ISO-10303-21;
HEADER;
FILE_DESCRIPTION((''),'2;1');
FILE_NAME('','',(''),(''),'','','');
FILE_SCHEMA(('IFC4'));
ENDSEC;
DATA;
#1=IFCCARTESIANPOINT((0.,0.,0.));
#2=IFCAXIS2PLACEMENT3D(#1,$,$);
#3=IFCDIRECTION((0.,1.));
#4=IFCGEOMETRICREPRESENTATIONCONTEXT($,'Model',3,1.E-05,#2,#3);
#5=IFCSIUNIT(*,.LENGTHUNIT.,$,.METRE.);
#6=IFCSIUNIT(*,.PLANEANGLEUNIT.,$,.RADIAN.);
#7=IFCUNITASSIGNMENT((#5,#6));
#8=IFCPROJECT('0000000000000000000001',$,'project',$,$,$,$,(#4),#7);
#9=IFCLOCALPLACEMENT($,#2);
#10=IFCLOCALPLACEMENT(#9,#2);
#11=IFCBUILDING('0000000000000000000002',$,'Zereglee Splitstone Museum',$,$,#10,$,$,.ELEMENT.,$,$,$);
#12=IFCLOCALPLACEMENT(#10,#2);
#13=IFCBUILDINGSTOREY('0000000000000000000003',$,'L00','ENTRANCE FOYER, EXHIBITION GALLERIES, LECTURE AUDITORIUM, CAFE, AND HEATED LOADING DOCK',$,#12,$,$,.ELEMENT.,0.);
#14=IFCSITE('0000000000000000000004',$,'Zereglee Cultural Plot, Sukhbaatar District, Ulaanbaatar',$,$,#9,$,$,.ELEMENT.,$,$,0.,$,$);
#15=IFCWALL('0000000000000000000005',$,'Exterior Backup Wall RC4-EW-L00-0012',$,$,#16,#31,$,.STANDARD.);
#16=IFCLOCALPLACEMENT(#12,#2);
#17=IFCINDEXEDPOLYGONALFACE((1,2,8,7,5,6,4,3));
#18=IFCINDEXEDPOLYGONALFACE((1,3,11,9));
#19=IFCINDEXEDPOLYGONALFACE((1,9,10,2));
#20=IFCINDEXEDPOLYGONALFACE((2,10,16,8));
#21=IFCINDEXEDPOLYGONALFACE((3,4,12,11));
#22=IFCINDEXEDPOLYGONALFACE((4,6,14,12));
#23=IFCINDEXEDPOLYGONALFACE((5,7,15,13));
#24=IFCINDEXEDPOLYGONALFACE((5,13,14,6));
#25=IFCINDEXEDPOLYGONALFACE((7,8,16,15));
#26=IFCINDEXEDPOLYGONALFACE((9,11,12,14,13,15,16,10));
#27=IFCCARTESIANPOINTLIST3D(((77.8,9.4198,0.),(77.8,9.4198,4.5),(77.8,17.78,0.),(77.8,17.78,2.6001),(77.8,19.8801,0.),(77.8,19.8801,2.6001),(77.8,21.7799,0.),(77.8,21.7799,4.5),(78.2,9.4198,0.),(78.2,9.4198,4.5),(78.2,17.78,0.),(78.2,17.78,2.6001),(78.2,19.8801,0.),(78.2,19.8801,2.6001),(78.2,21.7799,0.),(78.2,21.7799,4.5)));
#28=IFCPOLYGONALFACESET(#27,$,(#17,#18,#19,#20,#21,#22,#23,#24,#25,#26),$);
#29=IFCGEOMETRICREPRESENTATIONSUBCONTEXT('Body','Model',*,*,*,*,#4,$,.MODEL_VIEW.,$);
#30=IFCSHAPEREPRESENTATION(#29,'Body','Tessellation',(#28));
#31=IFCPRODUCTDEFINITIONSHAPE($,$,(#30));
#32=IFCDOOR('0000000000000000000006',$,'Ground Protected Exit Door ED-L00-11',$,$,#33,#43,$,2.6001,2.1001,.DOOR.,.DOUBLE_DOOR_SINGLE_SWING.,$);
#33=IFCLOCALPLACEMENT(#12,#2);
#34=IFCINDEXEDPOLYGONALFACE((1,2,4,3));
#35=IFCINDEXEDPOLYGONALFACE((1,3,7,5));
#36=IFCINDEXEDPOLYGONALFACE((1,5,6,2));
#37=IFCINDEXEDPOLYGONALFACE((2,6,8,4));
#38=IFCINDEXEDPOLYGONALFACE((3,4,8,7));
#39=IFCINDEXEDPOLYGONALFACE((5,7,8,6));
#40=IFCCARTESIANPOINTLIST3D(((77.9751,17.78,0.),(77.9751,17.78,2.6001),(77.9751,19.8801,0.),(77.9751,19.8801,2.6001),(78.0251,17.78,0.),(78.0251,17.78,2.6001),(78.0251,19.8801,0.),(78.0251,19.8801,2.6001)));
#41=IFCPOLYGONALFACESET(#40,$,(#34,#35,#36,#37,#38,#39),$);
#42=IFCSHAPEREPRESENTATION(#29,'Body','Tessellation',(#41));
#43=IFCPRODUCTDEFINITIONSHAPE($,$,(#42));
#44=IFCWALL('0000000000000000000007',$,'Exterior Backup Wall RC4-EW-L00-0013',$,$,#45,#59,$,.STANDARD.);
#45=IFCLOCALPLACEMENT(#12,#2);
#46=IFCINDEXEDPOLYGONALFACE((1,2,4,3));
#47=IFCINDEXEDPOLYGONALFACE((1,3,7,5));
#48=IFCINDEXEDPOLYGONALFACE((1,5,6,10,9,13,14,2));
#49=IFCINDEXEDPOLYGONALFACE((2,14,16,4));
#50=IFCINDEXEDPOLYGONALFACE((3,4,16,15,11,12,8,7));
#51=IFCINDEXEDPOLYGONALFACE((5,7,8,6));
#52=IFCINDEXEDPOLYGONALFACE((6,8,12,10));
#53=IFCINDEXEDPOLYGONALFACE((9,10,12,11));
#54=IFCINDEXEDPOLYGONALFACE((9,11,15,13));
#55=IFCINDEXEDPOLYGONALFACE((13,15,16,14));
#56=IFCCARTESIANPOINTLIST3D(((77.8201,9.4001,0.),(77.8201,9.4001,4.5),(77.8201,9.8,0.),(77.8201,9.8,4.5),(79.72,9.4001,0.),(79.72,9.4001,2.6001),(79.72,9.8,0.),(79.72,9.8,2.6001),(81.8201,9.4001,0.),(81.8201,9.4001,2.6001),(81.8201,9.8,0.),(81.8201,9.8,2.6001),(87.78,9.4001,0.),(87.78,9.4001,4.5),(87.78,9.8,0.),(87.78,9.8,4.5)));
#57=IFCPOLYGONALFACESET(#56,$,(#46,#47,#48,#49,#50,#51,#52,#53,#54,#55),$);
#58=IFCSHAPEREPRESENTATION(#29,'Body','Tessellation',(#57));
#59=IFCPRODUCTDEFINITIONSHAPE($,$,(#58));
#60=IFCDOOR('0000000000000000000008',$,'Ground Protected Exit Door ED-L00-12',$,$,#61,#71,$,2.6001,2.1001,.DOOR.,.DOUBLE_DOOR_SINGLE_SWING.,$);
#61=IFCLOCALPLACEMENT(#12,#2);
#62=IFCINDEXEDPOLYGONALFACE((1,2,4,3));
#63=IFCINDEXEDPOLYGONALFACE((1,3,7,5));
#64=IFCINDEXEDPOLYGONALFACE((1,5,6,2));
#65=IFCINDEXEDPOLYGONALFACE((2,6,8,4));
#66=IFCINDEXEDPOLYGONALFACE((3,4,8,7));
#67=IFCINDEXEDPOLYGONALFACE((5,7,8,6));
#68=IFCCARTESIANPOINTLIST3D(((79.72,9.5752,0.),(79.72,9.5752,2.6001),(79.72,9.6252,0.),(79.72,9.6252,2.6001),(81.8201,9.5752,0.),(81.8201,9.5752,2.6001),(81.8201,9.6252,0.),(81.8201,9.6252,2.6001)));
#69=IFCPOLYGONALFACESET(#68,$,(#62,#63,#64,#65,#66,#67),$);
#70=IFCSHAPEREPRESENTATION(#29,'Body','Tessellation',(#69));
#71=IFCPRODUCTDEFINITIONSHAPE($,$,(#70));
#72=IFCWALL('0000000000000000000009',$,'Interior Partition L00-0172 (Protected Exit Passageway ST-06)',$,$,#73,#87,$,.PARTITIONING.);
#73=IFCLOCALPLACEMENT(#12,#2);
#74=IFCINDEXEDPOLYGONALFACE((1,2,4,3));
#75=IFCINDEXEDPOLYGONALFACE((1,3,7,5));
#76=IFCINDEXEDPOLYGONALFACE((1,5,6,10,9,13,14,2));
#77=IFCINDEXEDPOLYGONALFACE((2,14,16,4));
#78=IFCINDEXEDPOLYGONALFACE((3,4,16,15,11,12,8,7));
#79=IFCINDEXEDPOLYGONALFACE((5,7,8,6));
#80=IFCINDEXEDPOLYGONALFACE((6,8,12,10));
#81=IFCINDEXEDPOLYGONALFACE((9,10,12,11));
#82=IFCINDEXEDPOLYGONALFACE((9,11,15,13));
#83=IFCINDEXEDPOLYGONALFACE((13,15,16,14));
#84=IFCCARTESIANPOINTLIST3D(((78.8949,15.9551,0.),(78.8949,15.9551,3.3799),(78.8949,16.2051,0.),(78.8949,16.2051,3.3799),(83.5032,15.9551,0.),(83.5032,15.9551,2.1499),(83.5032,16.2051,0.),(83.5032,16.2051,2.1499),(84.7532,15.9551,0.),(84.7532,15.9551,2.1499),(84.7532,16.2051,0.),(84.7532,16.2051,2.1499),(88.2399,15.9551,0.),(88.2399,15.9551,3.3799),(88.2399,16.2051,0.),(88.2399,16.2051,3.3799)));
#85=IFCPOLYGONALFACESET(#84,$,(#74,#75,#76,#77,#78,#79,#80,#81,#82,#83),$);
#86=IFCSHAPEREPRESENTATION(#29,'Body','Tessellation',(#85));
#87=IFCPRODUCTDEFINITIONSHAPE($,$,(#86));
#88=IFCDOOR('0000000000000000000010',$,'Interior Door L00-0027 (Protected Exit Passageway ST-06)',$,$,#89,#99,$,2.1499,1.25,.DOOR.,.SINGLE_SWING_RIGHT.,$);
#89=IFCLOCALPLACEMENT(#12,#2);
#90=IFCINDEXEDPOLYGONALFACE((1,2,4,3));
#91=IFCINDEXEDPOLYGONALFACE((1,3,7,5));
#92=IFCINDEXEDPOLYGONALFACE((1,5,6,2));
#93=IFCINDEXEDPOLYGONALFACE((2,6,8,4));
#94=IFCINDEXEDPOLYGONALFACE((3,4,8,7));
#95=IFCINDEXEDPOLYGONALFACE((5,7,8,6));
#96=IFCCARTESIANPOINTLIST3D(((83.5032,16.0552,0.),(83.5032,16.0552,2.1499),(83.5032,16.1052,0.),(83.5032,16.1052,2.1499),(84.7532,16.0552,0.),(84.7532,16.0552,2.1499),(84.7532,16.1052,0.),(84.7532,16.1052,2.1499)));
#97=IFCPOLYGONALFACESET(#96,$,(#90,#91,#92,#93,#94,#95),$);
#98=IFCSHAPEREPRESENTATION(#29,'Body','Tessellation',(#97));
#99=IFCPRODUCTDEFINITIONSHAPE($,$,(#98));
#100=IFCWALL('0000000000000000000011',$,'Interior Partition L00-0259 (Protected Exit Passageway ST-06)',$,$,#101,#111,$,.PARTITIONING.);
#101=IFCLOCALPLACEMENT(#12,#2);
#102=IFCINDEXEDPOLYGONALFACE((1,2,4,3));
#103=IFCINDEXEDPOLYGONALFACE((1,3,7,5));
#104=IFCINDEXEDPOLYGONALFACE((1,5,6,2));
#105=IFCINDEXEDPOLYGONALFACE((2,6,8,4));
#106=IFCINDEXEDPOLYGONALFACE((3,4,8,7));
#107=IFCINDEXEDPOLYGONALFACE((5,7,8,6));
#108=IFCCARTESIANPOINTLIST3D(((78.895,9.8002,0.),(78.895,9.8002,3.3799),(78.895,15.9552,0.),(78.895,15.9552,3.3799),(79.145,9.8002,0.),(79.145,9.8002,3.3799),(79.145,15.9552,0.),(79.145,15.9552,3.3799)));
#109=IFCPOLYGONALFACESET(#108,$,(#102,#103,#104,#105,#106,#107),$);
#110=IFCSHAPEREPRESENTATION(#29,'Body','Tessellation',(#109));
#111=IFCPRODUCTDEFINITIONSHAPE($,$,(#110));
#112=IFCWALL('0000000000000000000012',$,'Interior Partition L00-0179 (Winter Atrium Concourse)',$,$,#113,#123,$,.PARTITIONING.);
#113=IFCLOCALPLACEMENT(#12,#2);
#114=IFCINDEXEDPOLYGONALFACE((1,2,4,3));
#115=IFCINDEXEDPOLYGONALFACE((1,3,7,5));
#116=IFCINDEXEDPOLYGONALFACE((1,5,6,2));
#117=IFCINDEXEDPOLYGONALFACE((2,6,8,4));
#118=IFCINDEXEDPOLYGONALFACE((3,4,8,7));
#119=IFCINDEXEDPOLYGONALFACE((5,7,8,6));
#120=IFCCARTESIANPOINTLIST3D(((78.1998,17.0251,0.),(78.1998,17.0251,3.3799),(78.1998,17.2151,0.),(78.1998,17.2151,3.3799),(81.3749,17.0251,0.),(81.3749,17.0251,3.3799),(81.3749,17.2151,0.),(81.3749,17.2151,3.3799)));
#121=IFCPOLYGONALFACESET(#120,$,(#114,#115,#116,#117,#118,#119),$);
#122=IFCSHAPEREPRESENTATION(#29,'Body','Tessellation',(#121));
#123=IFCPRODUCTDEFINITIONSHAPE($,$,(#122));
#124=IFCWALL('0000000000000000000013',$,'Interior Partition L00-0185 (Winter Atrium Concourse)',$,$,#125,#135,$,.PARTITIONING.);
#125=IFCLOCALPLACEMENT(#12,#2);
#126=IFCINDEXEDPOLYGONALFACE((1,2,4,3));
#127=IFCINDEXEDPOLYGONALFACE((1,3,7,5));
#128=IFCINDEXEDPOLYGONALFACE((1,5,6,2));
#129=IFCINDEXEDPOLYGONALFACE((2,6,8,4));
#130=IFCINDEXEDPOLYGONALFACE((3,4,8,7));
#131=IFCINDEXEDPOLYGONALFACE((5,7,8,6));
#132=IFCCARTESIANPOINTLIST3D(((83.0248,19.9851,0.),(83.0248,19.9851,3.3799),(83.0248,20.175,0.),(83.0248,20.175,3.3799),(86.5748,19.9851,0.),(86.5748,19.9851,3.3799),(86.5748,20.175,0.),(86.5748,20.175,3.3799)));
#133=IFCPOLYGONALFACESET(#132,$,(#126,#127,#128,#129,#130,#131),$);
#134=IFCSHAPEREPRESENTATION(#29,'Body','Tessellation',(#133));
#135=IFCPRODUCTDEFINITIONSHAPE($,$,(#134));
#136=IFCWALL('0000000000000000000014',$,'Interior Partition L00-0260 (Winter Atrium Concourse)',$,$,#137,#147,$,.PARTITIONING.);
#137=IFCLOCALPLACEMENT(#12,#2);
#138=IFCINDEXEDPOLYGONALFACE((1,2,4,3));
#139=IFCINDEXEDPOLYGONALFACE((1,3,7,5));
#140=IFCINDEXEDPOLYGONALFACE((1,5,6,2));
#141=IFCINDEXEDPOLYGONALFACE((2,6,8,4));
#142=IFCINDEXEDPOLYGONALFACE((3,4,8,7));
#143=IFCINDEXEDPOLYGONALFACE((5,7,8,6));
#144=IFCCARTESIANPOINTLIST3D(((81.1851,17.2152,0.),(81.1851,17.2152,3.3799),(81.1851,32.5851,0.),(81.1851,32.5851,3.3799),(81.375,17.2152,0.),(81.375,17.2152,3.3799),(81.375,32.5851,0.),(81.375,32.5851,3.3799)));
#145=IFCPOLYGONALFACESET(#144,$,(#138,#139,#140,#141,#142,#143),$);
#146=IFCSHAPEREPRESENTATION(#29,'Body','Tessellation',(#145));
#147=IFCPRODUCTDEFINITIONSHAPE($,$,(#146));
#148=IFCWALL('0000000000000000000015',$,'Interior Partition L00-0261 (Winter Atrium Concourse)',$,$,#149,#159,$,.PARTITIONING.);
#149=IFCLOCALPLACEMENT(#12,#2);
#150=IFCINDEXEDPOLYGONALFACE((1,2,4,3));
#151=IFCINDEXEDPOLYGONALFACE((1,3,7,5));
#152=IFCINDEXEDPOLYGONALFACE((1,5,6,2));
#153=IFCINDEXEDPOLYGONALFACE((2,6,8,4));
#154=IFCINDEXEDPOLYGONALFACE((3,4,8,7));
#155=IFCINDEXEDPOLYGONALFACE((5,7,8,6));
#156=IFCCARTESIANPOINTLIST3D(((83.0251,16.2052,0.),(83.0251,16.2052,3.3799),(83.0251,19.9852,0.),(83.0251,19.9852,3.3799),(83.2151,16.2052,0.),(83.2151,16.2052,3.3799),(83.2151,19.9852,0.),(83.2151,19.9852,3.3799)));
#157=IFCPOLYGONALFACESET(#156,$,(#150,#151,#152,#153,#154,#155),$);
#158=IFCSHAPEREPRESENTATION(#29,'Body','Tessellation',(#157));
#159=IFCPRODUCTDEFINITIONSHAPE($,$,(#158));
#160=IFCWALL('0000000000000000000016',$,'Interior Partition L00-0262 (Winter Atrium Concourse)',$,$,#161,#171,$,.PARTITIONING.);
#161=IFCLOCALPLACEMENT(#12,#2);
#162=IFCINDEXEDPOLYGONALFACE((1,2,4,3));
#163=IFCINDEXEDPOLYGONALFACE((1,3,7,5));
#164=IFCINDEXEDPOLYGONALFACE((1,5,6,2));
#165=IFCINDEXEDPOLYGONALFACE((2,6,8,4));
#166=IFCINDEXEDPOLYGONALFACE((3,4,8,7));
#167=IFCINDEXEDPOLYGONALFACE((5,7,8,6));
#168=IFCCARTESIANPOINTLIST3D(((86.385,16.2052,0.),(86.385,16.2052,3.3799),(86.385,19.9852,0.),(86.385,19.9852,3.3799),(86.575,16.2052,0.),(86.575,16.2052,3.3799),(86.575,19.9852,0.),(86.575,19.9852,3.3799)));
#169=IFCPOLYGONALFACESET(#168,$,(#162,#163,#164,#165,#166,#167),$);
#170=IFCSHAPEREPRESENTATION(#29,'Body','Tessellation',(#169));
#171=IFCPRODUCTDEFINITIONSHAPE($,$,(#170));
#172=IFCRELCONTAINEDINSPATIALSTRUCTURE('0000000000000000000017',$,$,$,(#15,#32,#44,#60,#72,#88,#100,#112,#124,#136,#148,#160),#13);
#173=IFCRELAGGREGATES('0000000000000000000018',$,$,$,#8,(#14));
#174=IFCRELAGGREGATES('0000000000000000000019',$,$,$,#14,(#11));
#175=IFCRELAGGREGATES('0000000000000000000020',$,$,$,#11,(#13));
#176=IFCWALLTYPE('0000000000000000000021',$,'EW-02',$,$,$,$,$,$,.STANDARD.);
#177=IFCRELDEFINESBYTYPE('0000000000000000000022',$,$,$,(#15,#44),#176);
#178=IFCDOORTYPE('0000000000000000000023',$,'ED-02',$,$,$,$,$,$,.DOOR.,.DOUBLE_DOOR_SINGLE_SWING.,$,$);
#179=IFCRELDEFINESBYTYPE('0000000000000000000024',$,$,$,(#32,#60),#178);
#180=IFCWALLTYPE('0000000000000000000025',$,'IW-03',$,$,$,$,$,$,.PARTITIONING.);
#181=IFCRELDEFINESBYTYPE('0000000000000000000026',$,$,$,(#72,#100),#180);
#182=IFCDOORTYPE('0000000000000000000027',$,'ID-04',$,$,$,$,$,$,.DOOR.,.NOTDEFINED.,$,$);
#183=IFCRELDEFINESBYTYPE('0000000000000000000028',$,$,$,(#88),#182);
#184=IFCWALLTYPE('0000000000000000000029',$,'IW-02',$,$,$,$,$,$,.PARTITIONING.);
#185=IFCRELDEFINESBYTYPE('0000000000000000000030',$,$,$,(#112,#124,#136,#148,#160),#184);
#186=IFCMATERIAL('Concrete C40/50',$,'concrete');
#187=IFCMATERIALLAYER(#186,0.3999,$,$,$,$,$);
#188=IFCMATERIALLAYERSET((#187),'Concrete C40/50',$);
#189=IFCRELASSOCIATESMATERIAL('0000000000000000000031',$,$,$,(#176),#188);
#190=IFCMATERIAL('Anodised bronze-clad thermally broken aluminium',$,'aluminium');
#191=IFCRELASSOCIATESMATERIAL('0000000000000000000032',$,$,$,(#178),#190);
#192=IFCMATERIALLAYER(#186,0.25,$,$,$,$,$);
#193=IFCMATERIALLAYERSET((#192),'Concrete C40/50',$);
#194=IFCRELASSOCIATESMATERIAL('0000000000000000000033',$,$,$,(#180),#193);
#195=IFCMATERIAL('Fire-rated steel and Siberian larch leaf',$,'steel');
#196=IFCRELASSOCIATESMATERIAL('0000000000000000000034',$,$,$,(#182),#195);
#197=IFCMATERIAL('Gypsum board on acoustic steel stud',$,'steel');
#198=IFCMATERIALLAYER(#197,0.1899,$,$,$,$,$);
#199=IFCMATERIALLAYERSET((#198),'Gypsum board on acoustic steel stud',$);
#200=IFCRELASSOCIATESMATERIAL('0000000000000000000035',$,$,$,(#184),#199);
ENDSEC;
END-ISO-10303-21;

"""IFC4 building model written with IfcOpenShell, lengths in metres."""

from ifc_helpers import new_model, si_unit, direction, frame, frame_2d, origin, place, context, subcontext, project, spatial, rectangle, extrude, material, layer, layer_set, type_object, element, fill, save


model = new_model("IFC4")

# Units and contexts
model_context = context("Model", 3, precision=1e-05, world=origin(), true_north=direction((0.0, 1.0)))
body_context = subcontext(model_context, "Body", "Model", "MODEL_VIEW")
ifc_project = project(units=[si_unit("LENGTHUNIT", "METRE"), si_unit("PLANEANGLEUNIT", "RADIAN")], contexts=[model_context])

# Site, building, storey
site_placement = place(None, origin())
site = spatial("IfcSite", under=ifc_project, at=site_placement, Name="Zereglee Cultural Plot, Sukhbaatar District, Ulaanbaatar", CompositionType="ELEMENT", RefElevation=0.0)
building_placement = place(site_placement, origin())
building = spatial("IfcBuilding", under=site, at=building_placement, Name="Zereglee Splitstone Museum", CompositionType="ELEMENT")
storey_placement = place(building_placement, origin())
storey = spatial("IfcBuildingStorey", under=building, at=storey_placement, Name="L00", Description="ENTRANCE FOYER, EXHIBITION GALLERIES, LECTURE AUDITORIUM, CAFE, AND HEATED LOADING DOCK", CompositionType="ELEMENT", Elevation=0.0)

# Shared definitions
ifc_material_1 = material(Name="Concrete C40/50", Category="concrete")

# Walls, openings, doors
ifc_layer_1 = layer(ifc_material_1, 0.3999)
ifc_layer_set_1 = layer_set([ifc_layer_1], Name="Concrete C40/50")
wall_type_1 = type_object("IfcWallType", Name="EW-02", PredefinedType="STANDARD", material=ifc_layer_set_1)
wall_1_placement = place(storey_placement, frame((78.0, 21.78, 0.0), z_axis=(0.0, 0.0, 1.0), x_axis=(0.0, -1.0, 0.0)))
wall_1 = element("IfcWall", 1, at=wall_1_placement, inside=storey, type_object=wall_type_1, Name="Exterior Backup Wall RC4-EW-L00-0012", PredefinedType="STANDARD", context=body_context, shape_type="SweptSolid", body=[
    extrude(rectangle(XDim=12.3601, YDim=0.3999, at=frame_2d((6.1802, 0.0))), origin(), (0.0, 0.0, 1.0), 4.5),
])
opening_1_placement = place(wall_1_placement, frame((1.8999, 0.0, 0.0)))
opening_1 = element("IfcOpeningElement", 2, at=opening_1_placement, cuts=wall_1, PredefinedType="OPENING", context=body_context, shape_type="SweptSolid", body=[
    extrude(rectangle(XDim=2.1001, YDim=2.6001, at=frame_2d((1.05, 1.3))), frame((0.0, 0.2148, 0.0), z_axis=(0.0, -1.0, 0.0), x_axis=(1.0, 0.0, 0.0)), (0.0, 0.0, 1.0), 0.4297),
])
ifc_material_2 = material(Name="Anodised bronze-clad thermally broken aluminium", Category="aluminium")
door_type_1 = type_object("IfcDoorType", Name="ED-02", OperationType="DOUBLE_DOOR_SINGLE_SWING", PredefinedType="DOOR", material=ifc_material_2)
door_1_placement = place(opening_1_placement, frame((2.1001, 0.0, 0.0), z_axis=(0.0, 0.0, 1.0), x_axis=(-1.0, 0.0, 0.0)))
door_1 = element("IfcDoor", 3, at=door_1_placement, inside=storey, type_object=door_type_1, Name="Ground Protected Exit Door ED-L00-11", OperationType="DOUBLE_DOOR_SINGLE_SWING", OverallHeight=2.6001, OverallWidth=2.1001, PredefinedType="DOOR", context=body_context, shape_type="SweptSolid", body=[
    extrude(rectangle(XDim=2.1001, YDim=2.6001, at=frame_2d((1.05, 1.3))), frame((0.0, 0.0249, 0.0), z_axis=(0.0, -1.0, 0.0), x_axis=(1.0, 0.0, 0.0)), (0.0, 0.0, 1.0), 0.05),
])
fill(opening_1, door_1)
wall_2_placement = place(storey_placement, frame((77.8201, 9.6001, 0.0), z_axis=(0.0, 0.0, 1.0), x_axis=(1.0, 0.0, 0.0)))
wall_2 = element("IfcWall", 4, at=wall_2_placement, inside=storey, type_object=wall_type_1, Name="Exterior Backup Wall RC4-EW-L00-0013", PredefinedType="STANDARD", context=body_context, shape_type="SweptSolid", body=[
    extrude(rectangle(XDim=9.96, YDim=0.3999, at=frame_2d((4.98, 0.0))), origin(), (0.0, 0.0, 1.0), 4.5),
])
opening_2_placement = place(wall_2_placement, frame((1.8999, 0.0, 0.0)))
opening_2 = element("IfcOpeningElement", 5, at=opening_2_placement, cuts=wall_2, PredefinedType="OPENING", context=body_context, shape_type="SweptSolid", body=[
    extrude(rectangle(XDim=2.1001, YDim=2.6001, at=frame_2d((1.05, 1.3))), frame((0.0, 0.2148, 0.0), z_axis=(0.0, -1.0, 0.0), x_axis=(1.0, 0.0, 0.0)), (0.0, 0.0, 1.0), 0.4297),
])
door_2_placement = place(opening_2_placement, frame((2.1001, 0.0, 0.0), z_axis=(0.0, 0.0, 1.0), x_axis=(-1.0, 0.0, 0.0)))
door_2 = element("IfcDoor", 6, at=door_2_placement, inside=storey, type_object=door_type_1, Name="Ground Protected Exit Door ED-L00-12", OperationType="DOUBLE_DOOR_SINGLE_SWING", OverallHeight=2.6001, OverallWidth=2.1001, PredefinedType="DOOR", context=body_context, shape_type="SweptSolid", body=[
    extrude(rectangle(XDim=2.1001, YDim=2.6001, at=frame_2d((1.05, 1.3))), frame((0.0, 0.0249, 0.0), z_axis=(0.0, -1.0, 0.0), x_axis=(1.0, 0.0, 0.0)), (0.0, 0.0, 1.0), 0.05),
])
fill(opening_2, door_2)
ifc_layer_2 = layer(ifc_material_1, 0.25)
ifc_layer_set_2 = layer_set([ifc_layer_2], Name="Concrete C40/50")
wall_type_2 = type_object("IfcWallType", Name="IW-03", PredefinedType="PARTITIONING", material=ifc_layer_set_2)
wall_3_placement = place(storey_placement, frame((78.895, 16.0801, 0.0), z_axis=(0.0, 0.0, 1.0), x_axis=(1.0, 0.0, 0.0)))
wall_3 = element("IfcWall", 7, at=wall_3_placement, inside=storey, type_object=wall_type_2, Name="Interior Partition L00-0172 (Protected Exit Passageway ST-06)", PredefinedType="PARTITIONING", context=body_context, shape_type="SweptSolid", body=[
    extrude(rectangle(XDim=9.345, YDim=0.25, at=frame_2d((4.6724, 0.0))), origin(), (0.0, 0.0, 1.0), 3.3799),
])
opening_3_placement = place(wall_3_placement, frame((4.6082, 0.0, 0.0)))
opening_3 = element("IfcOpeningElement", 8, at=opening_3_placement, cuts=wall_3, PredefinedType="OPENING", context=body_context, shape_type="SweptSolid", body=[
    extrude(rectangle(XDim=1.25, YDim=2.1499, at=frame_2d((0.625, 1.075))), frame((0.0, 0.1399, 0.0), z_axis=(0.0, -1.0, 0.0), x_axis=(1.0, 0.0, 0.0)), (0.0, 0.0, 1.0), 0.2798),
])
ifc_material_3 = material(Name="Fire-rated steel and Siberian larch leaf", Category="steel")
door_type_2 = type_object("IfcDoorType", Name="ID-04", OperationType="NOTDEFINED", PredefinedType="DOOR", material=ifc_material_3)
door_3_placement = place(opening_3_placement, frame((1.25, 0.0, 0.0), z_axis=(0.0, 0.0, 1.0), x_axis=(-1.0, 0.0, 0.0)))
door_3 = element("IfcDoor", 9, at=door_3_placement, inside=storey, type_object=door_type_2, Name="Interior Door L00-0027 (Protected Exit Passageway ST-06)", OperationType="SINGLE_SWING_RIGHT", OverallHeight=2.1499, OverallWidth=1.25, PredefinedType="DOOR", context=body_context, shape_type="SweptSolid", body=[
    extrude(rectangle(XDim=1.25, YDim=2.1499, at=frame_2d((0.625, 1.075))), frame((0.0, 0.0249, 0.0), z_axis=(0.0, -1.0, 0.0), x_axis=(1.0, 0.0, 0.0)), (0.0, 0.0, 1.0), 0.05),
])
fill(opening_3, door_3)

# Walls
wall_4_placement = place(storey_placement, frame((79.02, 9.8, 0.0), z_axis=(0.0, 0.0, 1.0), x_axis=(0.0, 1.0, 0.0)))
element("IfcWall", 10, at=wall_4_placement, inside=storey, type_object=wall_type_2, Name="Interior Partition L00-0259 (Protected Exit Passageway ST-06)", PredefinedType="PARTITIONING", context=body_context, shape_type="SweptSolid", body=[
    extrude(rectangle(XDim=6.155, YDim=0.25, at=frame_2d((3.0776, 0.0))), origin(), (0.0, 0.0, 1.0), 3.3799),
])
ifc_material_4 = material(Name="Gypsum board on acoustic steel stud", Category="steel")
ifc_layer_3 = layer(ifc_material_4, 0.1899)
ifc_layer_set_3 = layer_set([ifc_layer_3], Name="Gypsum board on acoustic steel stud")
wall_type_3 = type_object("IfcWallType", Name="IW-02", PredefinedType="PARTITIONING", material=ifc_layer_set_3)
wall_5_placement = place(storey_placement, frame((78.2, 17.1201, 0.0), z_axis=(0.0, 0.0, 1.0), x_axis=(1.0, 0.0, 0.0)))
element("IfcWall", 11, at=wall_5_placement, inside=storey, type_object=wall_type_3, Name="Interior Partition L00-0179 (Winter Atrium Concourse)", PredefinedType="PARTITIONING", context=body_context, shape_type="SweptSolid", body=[
    extrude(rectangle(XDim=3.175, YDim=0.1899, at=frame_2d((1.5874, 0.0))), origin(), (0.0, 0.0, 1.0), 3.3799),
])
wall_6_placement = place(storey_placement, frame((83.0249, 20.0801, 0.0), z_axis=(0.0, 0.0, 1.0), x_axis=(1.0, 0.0, 0.0)))
element("IfcWall", 12, at=wall_6_placement, inside=storey, type_object=wall_type_3, Name="Interior Partition L00-0185 (Winter Atrium Concourse)", PredefinedType="PARTITIONING", context=body_context, shape_type="SweptSolid", body=[
    extrude(rectangle(XDim=3.55, YDim=0.1899, at=frame_2d((1.7749, 0.0))), origin(), (0.0, 0.0, 1.0), 3.3799),
])
wall_7_placement = place(storey_placement, frame((81.28, 17.2151, 0.0), z_axis=(0.0, 0.0, 1.0), x_axis=(0.0, 1.0, 0.0)))
element("IfcWall", 13, at=wall_7_placement, inside=storey, type_object=wall_type_3, Name="Interior Partition L00-0260 (Winter Atrium Concourse)", PredefinedType="PARTITIONING", context=body_context, shape_type="SweptSolid", body=[
    extrude(rectangle(XDim=15.3699, YDim=0.1899, at=frame_2d((7.6851, 0.0))), origin(), (0.0, 0.0, 1.0), 3.3799),
])
for number, where, z_axis, x_axis, name in (
    (14, (83.1201, 16.2051, 0.0), (0.0, 0.0, 1.0), (0.0, 1.0, 0.0), "Interior Partition L00-0261 (Winter Atrium Concourse)"),
    (15, (86.48, 16.2051, 0.0), (0.0, 0.0, 1.0), (0.0, 1.0, 0.0), "Interior Partition L00-0262 (Winter Atrium Concourse)"),
):
    element("IfcWall", number, at=place(storey_placement, frame(where, z_axis=z_axis, x_axis=x_axis)), inside=storey, type_object=wall_type_3, Name=name, PredefinedType="PARTITIONING", context=body_context, shape_type="SweptSolid", body=[
        extrude(rectangle(XDim=3.78, YDim=0.1899, at=frame_2d((1.8901, 0.0))), origin(), (0.0, 0.0, 1.0), 3.3799),
    ])

save(model, "model.ifc")
